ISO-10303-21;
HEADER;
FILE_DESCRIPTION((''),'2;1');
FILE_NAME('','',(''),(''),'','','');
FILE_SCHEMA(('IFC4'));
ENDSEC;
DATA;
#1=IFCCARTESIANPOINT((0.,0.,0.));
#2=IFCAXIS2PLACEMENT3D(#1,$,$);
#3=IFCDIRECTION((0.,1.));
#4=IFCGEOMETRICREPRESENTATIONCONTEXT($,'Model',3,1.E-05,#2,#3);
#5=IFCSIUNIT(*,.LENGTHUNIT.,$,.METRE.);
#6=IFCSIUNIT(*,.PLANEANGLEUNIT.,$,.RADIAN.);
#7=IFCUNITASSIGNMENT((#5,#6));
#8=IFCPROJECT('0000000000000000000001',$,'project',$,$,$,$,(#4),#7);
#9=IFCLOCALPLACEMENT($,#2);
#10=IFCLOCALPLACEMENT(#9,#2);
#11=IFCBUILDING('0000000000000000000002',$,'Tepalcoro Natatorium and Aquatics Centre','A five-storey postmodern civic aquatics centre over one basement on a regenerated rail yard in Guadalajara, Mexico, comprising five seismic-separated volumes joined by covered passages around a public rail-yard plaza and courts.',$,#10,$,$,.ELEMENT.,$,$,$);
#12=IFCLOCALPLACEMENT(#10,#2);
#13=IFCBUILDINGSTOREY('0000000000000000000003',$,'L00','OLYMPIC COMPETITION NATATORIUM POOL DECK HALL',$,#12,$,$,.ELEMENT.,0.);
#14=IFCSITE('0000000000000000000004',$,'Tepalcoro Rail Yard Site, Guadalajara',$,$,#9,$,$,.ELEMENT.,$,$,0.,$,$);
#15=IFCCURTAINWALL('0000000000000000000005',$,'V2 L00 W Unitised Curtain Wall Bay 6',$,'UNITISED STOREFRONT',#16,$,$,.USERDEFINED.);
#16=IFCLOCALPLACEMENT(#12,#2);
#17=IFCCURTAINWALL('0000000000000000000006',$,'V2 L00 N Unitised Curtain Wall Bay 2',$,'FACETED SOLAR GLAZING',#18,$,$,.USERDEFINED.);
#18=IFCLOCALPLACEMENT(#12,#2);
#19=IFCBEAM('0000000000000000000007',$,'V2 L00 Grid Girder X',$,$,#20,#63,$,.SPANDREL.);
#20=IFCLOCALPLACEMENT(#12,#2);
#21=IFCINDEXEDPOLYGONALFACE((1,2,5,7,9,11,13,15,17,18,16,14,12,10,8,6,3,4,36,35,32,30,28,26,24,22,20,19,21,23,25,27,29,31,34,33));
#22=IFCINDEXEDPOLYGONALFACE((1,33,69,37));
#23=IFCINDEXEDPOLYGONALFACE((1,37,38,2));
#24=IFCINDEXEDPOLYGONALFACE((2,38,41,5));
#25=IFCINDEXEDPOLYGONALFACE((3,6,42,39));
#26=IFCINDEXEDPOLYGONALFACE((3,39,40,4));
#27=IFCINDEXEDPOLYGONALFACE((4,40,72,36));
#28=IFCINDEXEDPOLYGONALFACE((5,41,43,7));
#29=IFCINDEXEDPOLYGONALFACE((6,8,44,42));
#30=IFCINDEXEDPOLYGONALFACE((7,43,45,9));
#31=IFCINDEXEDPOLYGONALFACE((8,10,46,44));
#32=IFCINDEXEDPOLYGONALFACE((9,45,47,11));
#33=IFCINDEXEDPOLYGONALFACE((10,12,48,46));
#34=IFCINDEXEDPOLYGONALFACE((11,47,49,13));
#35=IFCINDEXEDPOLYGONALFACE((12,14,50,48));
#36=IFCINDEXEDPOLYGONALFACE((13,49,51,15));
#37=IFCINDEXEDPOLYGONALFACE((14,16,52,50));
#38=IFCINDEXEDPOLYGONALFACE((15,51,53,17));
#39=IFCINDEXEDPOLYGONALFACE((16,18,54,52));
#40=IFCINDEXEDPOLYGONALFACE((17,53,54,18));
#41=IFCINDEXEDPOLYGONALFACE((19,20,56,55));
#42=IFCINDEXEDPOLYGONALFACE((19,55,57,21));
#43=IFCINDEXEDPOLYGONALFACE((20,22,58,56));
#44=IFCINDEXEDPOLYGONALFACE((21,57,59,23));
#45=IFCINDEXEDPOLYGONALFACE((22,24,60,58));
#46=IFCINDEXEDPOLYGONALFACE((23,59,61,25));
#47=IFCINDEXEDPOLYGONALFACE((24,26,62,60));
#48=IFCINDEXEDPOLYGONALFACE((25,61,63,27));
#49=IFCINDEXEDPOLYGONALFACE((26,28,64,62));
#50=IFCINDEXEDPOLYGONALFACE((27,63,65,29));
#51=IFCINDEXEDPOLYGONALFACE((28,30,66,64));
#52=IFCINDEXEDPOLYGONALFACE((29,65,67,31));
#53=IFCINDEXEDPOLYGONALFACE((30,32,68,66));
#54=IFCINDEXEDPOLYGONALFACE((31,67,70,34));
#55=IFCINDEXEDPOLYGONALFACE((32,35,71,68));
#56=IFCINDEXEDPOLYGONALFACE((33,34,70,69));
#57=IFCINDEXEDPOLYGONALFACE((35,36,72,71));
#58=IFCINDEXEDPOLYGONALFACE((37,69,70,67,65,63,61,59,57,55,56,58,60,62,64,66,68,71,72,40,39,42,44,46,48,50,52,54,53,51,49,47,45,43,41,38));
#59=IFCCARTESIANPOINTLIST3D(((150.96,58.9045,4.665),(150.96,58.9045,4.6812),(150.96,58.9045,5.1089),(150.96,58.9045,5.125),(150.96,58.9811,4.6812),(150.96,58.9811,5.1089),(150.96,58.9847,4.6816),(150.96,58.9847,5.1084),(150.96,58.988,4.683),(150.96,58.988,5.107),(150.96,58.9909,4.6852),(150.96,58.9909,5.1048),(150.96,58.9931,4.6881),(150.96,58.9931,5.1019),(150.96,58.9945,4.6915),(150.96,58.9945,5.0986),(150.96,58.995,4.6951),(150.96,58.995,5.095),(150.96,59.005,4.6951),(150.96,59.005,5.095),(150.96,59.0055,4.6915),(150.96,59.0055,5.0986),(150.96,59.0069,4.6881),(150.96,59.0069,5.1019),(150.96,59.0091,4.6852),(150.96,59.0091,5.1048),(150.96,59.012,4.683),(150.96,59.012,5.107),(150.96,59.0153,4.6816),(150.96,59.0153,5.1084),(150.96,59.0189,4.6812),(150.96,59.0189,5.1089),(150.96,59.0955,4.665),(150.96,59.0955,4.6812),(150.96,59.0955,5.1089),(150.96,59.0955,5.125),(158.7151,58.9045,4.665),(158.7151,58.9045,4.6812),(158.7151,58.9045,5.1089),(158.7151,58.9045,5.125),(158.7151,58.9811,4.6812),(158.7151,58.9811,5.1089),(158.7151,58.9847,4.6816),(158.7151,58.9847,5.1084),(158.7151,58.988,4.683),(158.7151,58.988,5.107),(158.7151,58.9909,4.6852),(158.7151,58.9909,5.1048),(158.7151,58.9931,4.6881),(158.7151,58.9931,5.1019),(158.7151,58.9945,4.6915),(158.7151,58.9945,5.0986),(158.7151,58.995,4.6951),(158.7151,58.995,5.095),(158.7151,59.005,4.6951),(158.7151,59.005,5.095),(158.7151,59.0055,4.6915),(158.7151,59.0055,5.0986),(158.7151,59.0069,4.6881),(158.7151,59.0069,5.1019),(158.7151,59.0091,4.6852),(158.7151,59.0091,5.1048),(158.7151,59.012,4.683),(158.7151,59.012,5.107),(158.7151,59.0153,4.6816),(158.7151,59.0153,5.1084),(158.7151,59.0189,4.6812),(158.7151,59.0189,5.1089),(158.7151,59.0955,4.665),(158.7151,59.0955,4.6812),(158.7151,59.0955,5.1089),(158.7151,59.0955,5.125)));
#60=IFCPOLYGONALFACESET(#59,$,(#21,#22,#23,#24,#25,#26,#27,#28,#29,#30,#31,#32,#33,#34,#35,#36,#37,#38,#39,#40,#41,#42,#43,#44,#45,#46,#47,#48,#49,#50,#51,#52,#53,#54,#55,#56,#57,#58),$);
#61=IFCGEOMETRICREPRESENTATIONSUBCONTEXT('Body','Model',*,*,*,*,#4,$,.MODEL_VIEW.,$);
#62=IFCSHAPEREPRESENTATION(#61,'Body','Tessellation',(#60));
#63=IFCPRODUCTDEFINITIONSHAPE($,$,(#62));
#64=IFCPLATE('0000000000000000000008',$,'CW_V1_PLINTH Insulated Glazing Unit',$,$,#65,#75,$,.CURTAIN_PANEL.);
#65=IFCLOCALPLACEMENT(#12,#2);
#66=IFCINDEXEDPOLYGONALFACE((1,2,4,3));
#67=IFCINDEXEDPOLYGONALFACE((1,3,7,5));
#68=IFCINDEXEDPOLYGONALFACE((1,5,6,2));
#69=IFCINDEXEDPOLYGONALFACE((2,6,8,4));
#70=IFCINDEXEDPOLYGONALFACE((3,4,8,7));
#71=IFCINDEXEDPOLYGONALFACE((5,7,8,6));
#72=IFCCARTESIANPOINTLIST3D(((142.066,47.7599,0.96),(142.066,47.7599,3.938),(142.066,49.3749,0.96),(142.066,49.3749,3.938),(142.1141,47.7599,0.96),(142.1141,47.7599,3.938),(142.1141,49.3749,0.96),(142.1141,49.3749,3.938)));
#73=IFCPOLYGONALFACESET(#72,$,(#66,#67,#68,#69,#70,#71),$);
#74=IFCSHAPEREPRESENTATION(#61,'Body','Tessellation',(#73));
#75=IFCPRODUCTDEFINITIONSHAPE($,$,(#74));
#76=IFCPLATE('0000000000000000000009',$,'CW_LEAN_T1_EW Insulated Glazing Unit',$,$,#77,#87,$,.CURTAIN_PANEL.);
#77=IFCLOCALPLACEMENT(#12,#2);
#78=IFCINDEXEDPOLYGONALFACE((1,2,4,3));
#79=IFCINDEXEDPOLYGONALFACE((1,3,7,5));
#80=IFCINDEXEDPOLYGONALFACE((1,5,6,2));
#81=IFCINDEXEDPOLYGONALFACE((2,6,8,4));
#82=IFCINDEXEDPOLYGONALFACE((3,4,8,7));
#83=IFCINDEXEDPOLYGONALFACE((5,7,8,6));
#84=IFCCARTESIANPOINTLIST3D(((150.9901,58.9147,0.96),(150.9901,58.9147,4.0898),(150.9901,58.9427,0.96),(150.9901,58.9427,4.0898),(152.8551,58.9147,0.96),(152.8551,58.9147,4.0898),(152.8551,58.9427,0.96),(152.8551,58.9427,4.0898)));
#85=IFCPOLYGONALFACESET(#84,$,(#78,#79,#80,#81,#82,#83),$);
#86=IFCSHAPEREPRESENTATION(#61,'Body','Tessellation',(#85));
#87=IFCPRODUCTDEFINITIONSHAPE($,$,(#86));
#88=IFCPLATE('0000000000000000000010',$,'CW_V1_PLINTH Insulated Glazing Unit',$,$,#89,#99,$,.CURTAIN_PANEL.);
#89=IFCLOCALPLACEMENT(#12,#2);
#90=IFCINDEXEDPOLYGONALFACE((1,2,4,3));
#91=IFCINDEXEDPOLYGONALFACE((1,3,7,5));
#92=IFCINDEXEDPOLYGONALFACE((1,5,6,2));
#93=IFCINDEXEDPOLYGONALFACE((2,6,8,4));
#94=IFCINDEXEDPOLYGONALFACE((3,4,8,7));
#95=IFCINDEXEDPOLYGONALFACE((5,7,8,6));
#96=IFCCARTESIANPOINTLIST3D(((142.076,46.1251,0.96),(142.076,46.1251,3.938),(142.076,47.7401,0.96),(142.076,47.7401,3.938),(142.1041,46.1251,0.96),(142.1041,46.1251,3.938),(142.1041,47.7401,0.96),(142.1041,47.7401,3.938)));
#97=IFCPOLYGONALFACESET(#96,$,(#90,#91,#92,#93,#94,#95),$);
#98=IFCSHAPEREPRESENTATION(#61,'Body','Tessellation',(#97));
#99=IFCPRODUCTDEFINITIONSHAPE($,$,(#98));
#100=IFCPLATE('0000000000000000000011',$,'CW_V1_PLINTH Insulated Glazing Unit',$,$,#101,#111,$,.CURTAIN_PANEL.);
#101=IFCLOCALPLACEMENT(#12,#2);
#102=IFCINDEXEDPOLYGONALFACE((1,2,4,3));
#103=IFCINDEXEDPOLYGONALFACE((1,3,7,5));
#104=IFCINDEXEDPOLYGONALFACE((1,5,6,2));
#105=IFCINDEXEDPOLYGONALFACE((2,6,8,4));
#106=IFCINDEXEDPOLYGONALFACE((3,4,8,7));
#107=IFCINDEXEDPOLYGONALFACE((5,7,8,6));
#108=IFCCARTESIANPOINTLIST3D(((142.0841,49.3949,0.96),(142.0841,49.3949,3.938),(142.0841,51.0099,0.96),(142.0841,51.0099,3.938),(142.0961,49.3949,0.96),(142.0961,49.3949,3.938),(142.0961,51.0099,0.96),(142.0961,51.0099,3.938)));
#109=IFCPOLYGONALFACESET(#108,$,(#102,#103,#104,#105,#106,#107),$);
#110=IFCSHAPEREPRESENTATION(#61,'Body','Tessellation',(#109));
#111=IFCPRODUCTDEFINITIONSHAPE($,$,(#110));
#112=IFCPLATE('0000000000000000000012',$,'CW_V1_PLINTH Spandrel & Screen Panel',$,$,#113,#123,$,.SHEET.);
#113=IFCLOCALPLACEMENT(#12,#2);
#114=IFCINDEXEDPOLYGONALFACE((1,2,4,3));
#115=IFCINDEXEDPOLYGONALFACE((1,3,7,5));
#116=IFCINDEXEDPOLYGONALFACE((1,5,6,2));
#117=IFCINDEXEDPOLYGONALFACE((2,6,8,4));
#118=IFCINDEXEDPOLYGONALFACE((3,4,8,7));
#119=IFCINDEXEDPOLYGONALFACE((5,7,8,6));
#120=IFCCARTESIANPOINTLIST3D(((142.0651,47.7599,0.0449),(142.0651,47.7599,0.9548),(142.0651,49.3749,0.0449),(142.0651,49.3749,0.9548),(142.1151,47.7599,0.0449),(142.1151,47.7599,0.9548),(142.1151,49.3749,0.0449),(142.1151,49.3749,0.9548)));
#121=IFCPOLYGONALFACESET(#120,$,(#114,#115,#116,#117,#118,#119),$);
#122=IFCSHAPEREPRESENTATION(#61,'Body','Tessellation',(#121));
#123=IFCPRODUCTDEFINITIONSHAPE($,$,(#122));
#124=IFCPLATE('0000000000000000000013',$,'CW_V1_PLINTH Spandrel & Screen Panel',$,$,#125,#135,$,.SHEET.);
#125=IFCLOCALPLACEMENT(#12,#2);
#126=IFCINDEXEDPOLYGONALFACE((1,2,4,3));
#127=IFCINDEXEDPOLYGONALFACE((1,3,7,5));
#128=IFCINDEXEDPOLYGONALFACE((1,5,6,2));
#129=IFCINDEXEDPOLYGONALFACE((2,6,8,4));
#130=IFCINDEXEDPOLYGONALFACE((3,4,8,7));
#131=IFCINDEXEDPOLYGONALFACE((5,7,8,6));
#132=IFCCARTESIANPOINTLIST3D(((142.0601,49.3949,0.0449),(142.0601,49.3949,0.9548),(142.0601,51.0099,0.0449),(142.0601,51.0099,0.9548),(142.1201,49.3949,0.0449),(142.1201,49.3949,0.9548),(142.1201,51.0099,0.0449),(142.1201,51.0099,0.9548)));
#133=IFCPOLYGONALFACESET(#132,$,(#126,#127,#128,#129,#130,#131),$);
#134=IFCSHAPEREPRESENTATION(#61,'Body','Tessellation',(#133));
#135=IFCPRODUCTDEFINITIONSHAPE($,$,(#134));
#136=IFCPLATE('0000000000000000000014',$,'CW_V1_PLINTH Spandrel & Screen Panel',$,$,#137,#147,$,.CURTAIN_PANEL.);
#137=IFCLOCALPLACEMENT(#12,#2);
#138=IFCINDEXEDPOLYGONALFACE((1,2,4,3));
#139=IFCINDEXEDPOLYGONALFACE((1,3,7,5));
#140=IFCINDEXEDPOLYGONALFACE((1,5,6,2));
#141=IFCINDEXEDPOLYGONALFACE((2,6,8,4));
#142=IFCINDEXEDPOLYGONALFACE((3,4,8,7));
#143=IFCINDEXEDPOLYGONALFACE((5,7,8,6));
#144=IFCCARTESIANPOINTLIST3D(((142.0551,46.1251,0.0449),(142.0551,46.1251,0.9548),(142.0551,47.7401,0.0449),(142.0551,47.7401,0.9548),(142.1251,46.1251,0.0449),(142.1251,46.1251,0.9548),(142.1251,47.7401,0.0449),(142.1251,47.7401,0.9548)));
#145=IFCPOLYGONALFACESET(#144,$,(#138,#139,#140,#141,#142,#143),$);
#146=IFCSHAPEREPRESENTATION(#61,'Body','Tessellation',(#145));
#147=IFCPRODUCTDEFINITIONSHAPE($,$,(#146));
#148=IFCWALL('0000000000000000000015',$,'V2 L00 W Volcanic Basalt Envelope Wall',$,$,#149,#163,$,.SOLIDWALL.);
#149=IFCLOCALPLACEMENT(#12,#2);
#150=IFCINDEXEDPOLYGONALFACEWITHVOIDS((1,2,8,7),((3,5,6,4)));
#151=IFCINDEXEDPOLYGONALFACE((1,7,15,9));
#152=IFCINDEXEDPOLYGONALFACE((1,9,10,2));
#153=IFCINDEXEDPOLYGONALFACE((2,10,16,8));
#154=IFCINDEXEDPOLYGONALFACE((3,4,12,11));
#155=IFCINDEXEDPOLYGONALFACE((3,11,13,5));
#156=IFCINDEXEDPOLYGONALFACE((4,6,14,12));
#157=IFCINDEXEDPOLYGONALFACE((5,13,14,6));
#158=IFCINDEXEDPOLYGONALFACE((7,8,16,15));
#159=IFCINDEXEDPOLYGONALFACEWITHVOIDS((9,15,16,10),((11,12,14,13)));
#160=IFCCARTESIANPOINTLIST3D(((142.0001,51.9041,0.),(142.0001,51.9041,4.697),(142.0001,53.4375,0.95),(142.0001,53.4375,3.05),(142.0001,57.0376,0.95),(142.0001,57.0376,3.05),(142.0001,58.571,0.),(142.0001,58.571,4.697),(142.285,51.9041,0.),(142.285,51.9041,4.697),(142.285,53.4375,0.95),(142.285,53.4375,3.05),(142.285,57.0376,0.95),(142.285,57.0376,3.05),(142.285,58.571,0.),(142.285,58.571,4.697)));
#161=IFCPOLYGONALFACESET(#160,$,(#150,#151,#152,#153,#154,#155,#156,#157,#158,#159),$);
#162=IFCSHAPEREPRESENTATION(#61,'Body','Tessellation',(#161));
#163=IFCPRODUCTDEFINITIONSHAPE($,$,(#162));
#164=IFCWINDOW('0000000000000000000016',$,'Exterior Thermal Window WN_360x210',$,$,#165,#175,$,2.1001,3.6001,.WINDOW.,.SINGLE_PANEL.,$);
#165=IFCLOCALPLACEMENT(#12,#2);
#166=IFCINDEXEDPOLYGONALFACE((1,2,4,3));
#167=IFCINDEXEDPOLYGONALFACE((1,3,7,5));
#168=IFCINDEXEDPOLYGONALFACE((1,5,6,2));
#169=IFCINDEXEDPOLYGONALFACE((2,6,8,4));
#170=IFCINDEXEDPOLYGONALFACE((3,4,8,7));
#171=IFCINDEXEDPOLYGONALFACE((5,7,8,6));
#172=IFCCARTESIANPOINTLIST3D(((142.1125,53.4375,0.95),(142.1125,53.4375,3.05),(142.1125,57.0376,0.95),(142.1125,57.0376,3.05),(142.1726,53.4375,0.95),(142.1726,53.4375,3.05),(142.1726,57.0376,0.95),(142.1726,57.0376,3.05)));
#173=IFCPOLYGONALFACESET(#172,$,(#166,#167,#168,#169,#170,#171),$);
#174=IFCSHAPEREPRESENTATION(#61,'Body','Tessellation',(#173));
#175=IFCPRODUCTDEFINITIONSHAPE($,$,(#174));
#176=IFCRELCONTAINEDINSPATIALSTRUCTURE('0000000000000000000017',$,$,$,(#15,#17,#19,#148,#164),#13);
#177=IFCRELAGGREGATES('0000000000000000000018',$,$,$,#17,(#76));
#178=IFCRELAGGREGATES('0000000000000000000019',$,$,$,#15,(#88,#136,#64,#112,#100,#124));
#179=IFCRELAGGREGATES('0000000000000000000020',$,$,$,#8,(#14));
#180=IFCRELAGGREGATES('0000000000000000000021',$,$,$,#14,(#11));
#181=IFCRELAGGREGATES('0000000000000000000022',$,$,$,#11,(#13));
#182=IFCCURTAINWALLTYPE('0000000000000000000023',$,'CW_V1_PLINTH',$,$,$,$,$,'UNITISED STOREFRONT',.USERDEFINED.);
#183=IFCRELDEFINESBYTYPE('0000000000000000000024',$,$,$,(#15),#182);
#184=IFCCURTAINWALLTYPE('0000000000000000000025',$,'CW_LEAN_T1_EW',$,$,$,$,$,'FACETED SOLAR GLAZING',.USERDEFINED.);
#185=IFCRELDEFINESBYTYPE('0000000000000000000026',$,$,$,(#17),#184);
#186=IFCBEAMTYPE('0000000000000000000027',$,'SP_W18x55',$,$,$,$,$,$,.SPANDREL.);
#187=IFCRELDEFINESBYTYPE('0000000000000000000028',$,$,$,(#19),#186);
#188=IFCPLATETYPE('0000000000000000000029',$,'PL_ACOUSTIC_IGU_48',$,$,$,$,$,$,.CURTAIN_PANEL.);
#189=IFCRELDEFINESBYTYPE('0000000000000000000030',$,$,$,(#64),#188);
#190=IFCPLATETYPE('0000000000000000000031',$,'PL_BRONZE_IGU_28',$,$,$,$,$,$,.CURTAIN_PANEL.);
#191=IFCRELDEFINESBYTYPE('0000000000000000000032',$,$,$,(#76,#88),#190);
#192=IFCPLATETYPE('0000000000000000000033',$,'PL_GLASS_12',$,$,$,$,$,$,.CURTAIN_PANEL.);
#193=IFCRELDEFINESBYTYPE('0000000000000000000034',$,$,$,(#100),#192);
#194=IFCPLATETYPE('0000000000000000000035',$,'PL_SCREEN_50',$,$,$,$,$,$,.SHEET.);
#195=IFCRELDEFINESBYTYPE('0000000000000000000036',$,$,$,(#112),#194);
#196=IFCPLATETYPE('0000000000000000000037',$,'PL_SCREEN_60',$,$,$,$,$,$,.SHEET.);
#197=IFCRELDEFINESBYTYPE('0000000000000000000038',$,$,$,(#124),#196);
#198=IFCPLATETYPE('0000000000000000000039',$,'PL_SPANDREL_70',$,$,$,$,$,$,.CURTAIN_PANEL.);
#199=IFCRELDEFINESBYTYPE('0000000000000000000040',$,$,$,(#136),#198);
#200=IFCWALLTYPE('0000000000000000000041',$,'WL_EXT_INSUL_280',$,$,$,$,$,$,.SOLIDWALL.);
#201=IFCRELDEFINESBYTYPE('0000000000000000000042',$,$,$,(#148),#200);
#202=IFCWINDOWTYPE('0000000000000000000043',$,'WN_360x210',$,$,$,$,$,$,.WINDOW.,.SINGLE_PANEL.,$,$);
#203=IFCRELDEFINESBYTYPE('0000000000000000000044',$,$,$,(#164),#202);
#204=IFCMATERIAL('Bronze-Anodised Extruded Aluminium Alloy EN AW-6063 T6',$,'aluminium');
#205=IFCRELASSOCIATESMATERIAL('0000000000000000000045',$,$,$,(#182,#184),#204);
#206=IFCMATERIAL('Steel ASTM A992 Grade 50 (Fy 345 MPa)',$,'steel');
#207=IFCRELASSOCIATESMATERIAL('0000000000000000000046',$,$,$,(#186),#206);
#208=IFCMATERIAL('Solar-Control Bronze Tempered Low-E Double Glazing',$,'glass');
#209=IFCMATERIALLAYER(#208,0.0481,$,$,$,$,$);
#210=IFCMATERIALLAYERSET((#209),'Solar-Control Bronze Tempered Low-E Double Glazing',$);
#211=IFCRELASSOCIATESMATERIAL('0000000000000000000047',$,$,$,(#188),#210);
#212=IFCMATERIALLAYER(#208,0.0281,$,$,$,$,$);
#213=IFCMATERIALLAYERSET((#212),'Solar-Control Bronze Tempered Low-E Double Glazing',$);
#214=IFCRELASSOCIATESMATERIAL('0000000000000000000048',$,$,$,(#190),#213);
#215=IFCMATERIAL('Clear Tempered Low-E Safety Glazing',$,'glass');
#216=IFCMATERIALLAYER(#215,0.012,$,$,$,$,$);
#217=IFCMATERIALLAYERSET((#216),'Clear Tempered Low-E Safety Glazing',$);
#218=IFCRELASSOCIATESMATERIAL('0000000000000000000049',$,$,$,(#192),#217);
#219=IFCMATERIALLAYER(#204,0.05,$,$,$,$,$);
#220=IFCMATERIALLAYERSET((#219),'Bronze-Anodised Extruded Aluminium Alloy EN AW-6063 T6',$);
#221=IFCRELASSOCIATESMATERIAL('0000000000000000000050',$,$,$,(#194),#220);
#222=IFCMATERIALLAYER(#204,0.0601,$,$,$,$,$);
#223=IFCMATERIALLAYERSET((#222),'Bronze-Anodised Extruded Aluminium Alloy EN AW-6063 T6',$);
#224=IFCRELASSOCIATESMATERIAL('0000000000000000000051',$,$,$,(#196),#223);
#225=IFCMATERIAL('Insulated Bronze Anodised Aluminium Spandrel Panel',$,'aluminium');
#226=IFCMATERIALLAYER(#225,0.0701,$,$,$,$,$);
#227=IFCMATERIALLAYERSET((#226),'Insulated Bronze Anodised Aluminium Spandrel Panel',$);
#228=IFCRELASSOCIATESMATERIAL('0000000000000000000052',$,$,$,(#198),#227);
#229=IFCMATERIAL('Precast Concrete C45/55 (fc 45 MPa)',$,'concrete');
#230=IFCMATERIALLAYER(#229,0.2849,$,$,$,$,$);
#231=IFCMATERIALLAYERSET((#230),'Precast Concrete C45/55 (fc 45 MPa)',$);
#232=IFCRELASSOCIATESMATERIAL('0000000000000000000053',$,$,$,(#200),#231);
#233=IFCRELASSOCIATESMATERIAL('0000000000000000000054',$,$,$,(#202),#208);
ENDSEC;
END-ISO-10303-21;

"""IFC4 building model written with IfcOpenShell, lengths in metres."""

from ifc_helpers import new_model, si_unit, direction, frame, frame_2d, origin, origin_2d, place, context, subcontext, project, spatial, rectangle, i_section, extrude, material, layer, layer_set, material_profile, profile_set, type_object, element, fill, aggregate, save


model = new_model("IFC4")

# Units and contexts
model_context = context("Model", 3, precision=1e-05, world=origin(), true_north=direction((0.0, 1.0)))
body_context = subcontext(model_context, "Body", "Model", "MODEL_VIEW")
ifc_project = project(units=[si_unit("LENGTHUNIT", "METRE"), si_unit("PLANEANGLEUNIT", "RADIAN")], contexts=[model_context])

# Site, building, storey
site_placement = place(None, origin())
site = spatial("IfcSite", under=ifc_project, at=site_placement, Name="Tepalcoro Rail Yard Site, Guadalajara", CompositionType="ELEMENT", RefElevation=0.0)
building_placement = place(site_placement, origin())
building = spatial("IfcBuilding", under=site, at=building_placement, Name="Tepalcoro Natatorium and Aquatics Centre", Description="A five-storey postmodern civic aquatics centre over one basement on a regenerated rail yard in Guadalajara, Mexico, comprising five seismic-separated volumes joined by covered passages around a public rail-yard plaza and courts.", CompositionType="ELEMENT")
storey_placement = place(building_placement, origin())
storey = spatial("IfcBuildingStorey", under=building, at=storey_placement, Name="L00", Description="OLYMPIC COMPETITION NATATORIUM POOL DECK HALL", CompositionType="ELEMENT", Elevation=0.0)

# Shared definitions
ifc_material_1 = material(Name="Steel ASTM A992 Grade 50 (Fy 345 MPa)", Category="steel")

# Curtain walls
ifc_material_2 = material(Name="Bronze-Anodised Extruded Aluminium Alloy EN AW-6063 T6", Category="aluminium")
curtain_wall_type_1 = type_object("IfcCurtainWallType", Name="CW_V1_PLINTH", ElementType="UNITISED STOREFRONT", PredefinedType="USERDEFINED", material=ifc_material_2)
curtain_wall_1_placement = place(storey_placement, origin())
curtain_wall_1 = element("IfcCurtainWall", 1, at=curtain_wall_1_placement, inside=storey, type_object=curtain_wall_type_1, Name="V2 L00 W Unitised Curtain Wall Bay 6", ObjectType="UNITISED STOREFRONT", PredefinedType="USERDEFINED")
curtain_wall_type_2 = type_object("IfcCurtainWallType", Name="CW_LEAN_T1_EW", ElementType="FACETED SOLAR GLAZING", PredefinedType="USERDEFINED", material=ifc_material_2)
curtain_wall_2_placement = place(storey_placement, origin())
curtain_wall_2 = element("IfcCurtainWall", 2, at=curtain_wall_2_placement, inside=storey, type_object=curtain_wall_type_2, Name="V2 L00 N Unitised Curtain Wall Bay 2", ObjectType="FACETED SOLAR GLAZING", PredefinedType="USERDEFINED")

# Beam
ifc_material_profile_1 = material_profile(ifc_material_1, i_section(OverallWidth=0.1909, OverallDepth=0.46, WebThickness=0.01, FlangeThickness=0.0161, FilletRadius=0.0139, at=origin_2d()), Name="W18X55")
ifc_profile_set_1 = profile_set([ifc_material_profile_1], Name="Steel ASTM A992 Grade 50 (Fy 345 MPa)")
beam_type_1 = type_object("IfcBeamType", Name="SP_W18x55", PredefinedType="SPANDREL", material=ifc_profile_set_1)
beam_1_placement = place(storey_placement, frame((150.96, 59.0, 4.895), z_axis=(1.0, 0.0, 0.0), x_axis=(0.0, 1.0, 0.0)))
element("IfcBeam", 3, at=beam_1_placement, inside=storey, type_object=beam_type_1, Name="V2 L00 Grid Girder X", PredefinedType="SPANDREL", context=body_context, shape_type="SweptSolid", body=[
    extrude(i_section(OverallWidth=0.1909, OverallDepth=0.46, WebThickness=0.01, FlangeThickness=0.0161, FilletRadius=0.0139, at=origin_2d()), origin(), (0.0, 0.0, 1.0), 7.7551),
])

# Plates
ifc_material_3 = material(Name="Solar-Control Bronze Tempered Low-E Double Glazing", Category="glass")
ifc_layer_1 = layer(ifc_material_3, 0.0481)
ifc_layer_set_1 = layer_set([ifc_layer_1], Name="Solar-Control Bronze Tempered Low-E Double Glazing")
plate_type_1 = type_object("IfcPlateType", Name="PL_ACOUSTIC_IGU_48", PredefinedType="CURTAIN_PANEL", material=ifc_layer_set_1)
plate_1_placement = place(storey_placement, frame((142.0901, 48.5674, 0.96), z_axis=(0.0, 0.0, 1.0), x_axis=(1.0, 0.0, 0.0)))
plate_1 = element("IfcPlate", 4, at=plate_1_placement, type_object=plate_type_1, Name="CW_V1_PLINTH Insulated Glazing Unit", PredefinedType="CURTAIN_PANEL", context=body_context, shape_type="SweptSolid", body=[
    extrude(rectangle(XDim=0.0481, YDim=1.615, at=origin_2d()), origin(), (0.0, 0.0, 1.0), 2.978),
])
ifc_layer_2 = layer(ifc_material_3, 0.0281)
ifc_layer_set_2 = layer_set([ifc_layer_2], Name="Solar-Control Bronze Tempered Low-E Double Glazing")
plate_type_2 = type_object("IfcPlateType", Name="PL_BRONZE_IGU_28", PredefinedType="CURTAIN_PANEL", material=ifc_layer_set_2)
plate_2_placement = place(storey_placement, frame((151.9226, 58.9287, 0.96), z_axis=(0.0, 0.0, 1.0), x_axis=(1.0, 0.0, 0.0)))
plate_2 = element("IfcPlate", 5, at=plate_2_placement, type_object=plate_type_2, Name="CW_LEAN_T1_EW Insulated Glazing Unit", PredefinedType="CURTAIN_PANEL", context=body_context, shape_type="SweptSolid", body=[
    extrude(rectangle(XDim=1.865, YDim=0.0281, at=origin_2d()), origin(), (0.0, 0.0, 1.0), 3.1299),
])
aggregate(curtain_wall_2, [plate_2])
plate_3_placement = place(storey_placement, frame((142.0901, 46.9326, 0.96), z_axis=(0.0, 0.0, 1.0), x_axis=(1.0, 0.0, 0.0)))
plate_3 = element("IfcPlate", 6, at=plate_3_placement, type_object=plate_type_2, Name="CW_V1_PLINTH Insulated Glazing Unit", PredefinedType="CURTAIN_PANEL", context=body_context, shape_type="SweptSolid", body=[
    extrude(rectangle(XDim=0.0281, YDim=1.615, at=origin_2d()), origin(), (0.0, 0.0, 1.0), 2.978),
])
ifc_material_4 = material(Name="Clear Tempered Low-E Safety Glazing", Category="glass")
ifc_layer_3 = layer(ifc_material_4, 0.012)
ifc_layer_set_3 = layer_set([ifc_layer_3], Name="Clear Tempered Low-E Safety Glazing")
plate_type_3 = type_object("IfcPlateType", Name="PL_GLASS_12", PredefinedType="CURTAIN_PANEL", material=ifc_layer_set_3)
plate_4_placement = place(storey_placement, frame((142.0901, 50.2024, 0.96), z_axis=(0.0, 0.0, 1.0), x_axis=(1.0, 0.0, 0.0)))
plate_4 = element("IfcPlate", 7, at=plate_4_placement, type_object=plate_type_3, Name="CW_V1_PLINTH Insulated Glazing Unit", PredefinedType="CURTAIN_PANEL", context=body_context, shape_type="SweptSolid", body=[
    extrude(rectangle(XDim=0.012, YDim=1.615, at=origin_2d()), origin(), (0.0, 0.0, 1.0), 2.978),
])
ifc_layer_4 = layer(ifc_material_2, 0.05)
ifc_layer_set_4 = layer_set([ifc_layer_4], Name="Bronze-Anodised Extruded Aluminium Alloy EN AW-6063 T6")
plate_type_4 = type_object("IfcPlateType", Name="PL_SCREEN_50", PredefinedType="SHEET", material=ifc_layer_set_4)
plate_5_placement = place(storey_placement, frame((142.0901, 48.5674, 0.0449), z_axis=(0.0, 0.0, 1.0), x_axis=(1.0, 0.0, 0.0)))
plate_5 = element("IfcPlate", 8, at=plate_5_placement, type_object=plate_type_4, Name="CW_V1_PLINTH Spandrel & Screen Panel", PredefinedType="SHEET", context=body_context, shape_type="SweptSolid", body=[
    extrude(rectangle(XDim=0.05, YDim=1.615, at=origin_2d()), origin(), (0.0, 0.0, 1.0), 0.9099),
])
ifc_layer_5 = layer(ifc_material_2, 0.0601)
ifc_layer_set_5 = layer_set([ifc_layer_5], Name="Bronze-Anodised Extruded Aluminium Alloy EN AW-6063 T6")
plate_type_5 = type_object("IfcPlateType", Name="PL_SCREEN_60", PredefinedType="SHEET", material=ifc_layer_set_5)
plate_6_placement = place(storey_placement, frame((142.0901, 50.2024, 0.0449), z_axis=(0.0, 0.0, 1.0), x_axis=(1.0, 0.0, 0.0)))
plate_6 = element("IfcPlate", 9, at=plate_6_placement, type_object=plate_type_5, Name="CW_V1_PLINTH Spandrel & Screen Panel", PredefinedType="SHEET", context=body_context, shape_type="SweptSolid", body=[
    extrude(rectangle(XDim=0.0601, YDim=1.615, at=origin_2d()), origin(), (0.0, 0.0, 1.0), 0.9099),
])
ifc_material_5 = material(Name="Insulated Bronze Anodised Aluminium Spandrel Panel", Category="aluminium")
ifc_layer_6 = layer(ifc_material_5, 0.0701)
ifc_layer_set_6 = layer_set([ifc_layer_6], Name="Insulated Bronze Anodised Aluminium Spandrel Panel")
plate_type_6 = type_object("IfcPlateType", Name="PL_SPANDREL_70", PredefinedType="CURTAIN_PANEL", material=ifc_layer_set_6)
plate_7_placement = place(storey_placement, frame((142.0901, 46.9326, 0.0449), z_axis=(0.0, 0.0, 1.0), x_axis=(1.0, 0.0, 0.0)))
plate_7 = element("IfcPlate", 10, at=plate_7_placement, type_object=plate_type_6, Name="CW_V1_PLINTH Spandrel & Screen Panel", PredefinedType="CURTAIN_PANEL", context=body_context, shape_type="SweptSolid", body=[
    extrude(rectangle(XDim=0.0701, YDim=1.615, at=origin_2d()), origin(), (0.0, 0.0, 1.0), 0.9099),
])
aggregate(curtain_wall_1, [plate_3, plate_7, plate_1, plate_5, plate_4, plate_6])

# Wall, opening, window
ifc_material_6 = material(Name="Precast Concrete C45/55 (fc 45 MPa)", Category="concrete")
ifc_layer_7 = layer(ifc_material_6, 0.2849)
ifc_layer_set_7 = layer_set([ifc_layer_7], Name="Precast Concrete C45/55 (fc 45 MPa)")
wall_type_1 = type_object("IfcWallType", Name="WL_EXT_INSUL_280", PredefinedType="SOLIDWALL", material=ifc_layer_set_7)
wall_1_placement = place(storey_placement, frame((142.1426, 51.9041, 0.0), z_axis=(0.0, 0.0, 1.0), x_axis=(0.0, 1.0, 0.0)))
wall_1 = element("IfcWall", 11, at=wall_1_placement, inside=storey, type_object=wall_type_1, Name="V2 L00 W Volcanic Basalt Envelope Wall", PredefinedType="SOLIDWALL", context=body_context, shape_type="SweptSolid", body=[
    extrude(rectangle(XDim=6.667, YDim=0.2849, at=frame_2d((3.3335, 0.0))), origin(), (0.0, 0.0, 1.0), 4.697),
])
opening_1_placement = place(wall_1_placement, frame((1.5334, 0.0, 0.95)))
opening_1 = element("IfcOpeningElement", 12, at=opening_1_placement, cuts=wall_1, PredefinedType="OPENING", context=body_context, shape_type="SweptSolid", body=[
    extrude(rectangle(XDim=3.6001, YDim=2.1001, at=frame_2d((1.8, 1.05))), frame((0.0, 0.1543, 0.0), z_axis=(0.0, -1.0, 0.0), x_axis=(1.0, 0.0, 0.0)), (0.0, 0.0, 1.0), 0.3088),
])
window_type_1 = type_object("IfcWindowType", Name="WN_360x210", PartitioningType="SINGLE_PANEL", PredefinedType="WINDOW", material=ifc_material_3)
window_1_placement = place(opening_1_placement, origin())
window_1 = element("IfcWindow", 13, at=window_1_placement, inside=storey, type_object=window_type_1, Name="Exterior Thermal Window WN_360x210", OverallHeight=2.1001, OverallWidth=3.6001, PartitioningType="SINGLE_PANEL", PredefinedType="WINDOW", context=body_context, shape_type="SweptSolid", body=[
    extrude(rectangle(XDim=3.6001, YDim=2.1001, at=frame_2d((1.8, 1.05))), frame((0.0, 0.03, 0.0), z_axis=(0.0, -1.0, 0.0), x_axis=(1.0, 0.0, 0.0)), (0.0, 0.0, 1.0), 0.0601),
])
fill(opening_1, window_1)

save(model, "model.ifc")
